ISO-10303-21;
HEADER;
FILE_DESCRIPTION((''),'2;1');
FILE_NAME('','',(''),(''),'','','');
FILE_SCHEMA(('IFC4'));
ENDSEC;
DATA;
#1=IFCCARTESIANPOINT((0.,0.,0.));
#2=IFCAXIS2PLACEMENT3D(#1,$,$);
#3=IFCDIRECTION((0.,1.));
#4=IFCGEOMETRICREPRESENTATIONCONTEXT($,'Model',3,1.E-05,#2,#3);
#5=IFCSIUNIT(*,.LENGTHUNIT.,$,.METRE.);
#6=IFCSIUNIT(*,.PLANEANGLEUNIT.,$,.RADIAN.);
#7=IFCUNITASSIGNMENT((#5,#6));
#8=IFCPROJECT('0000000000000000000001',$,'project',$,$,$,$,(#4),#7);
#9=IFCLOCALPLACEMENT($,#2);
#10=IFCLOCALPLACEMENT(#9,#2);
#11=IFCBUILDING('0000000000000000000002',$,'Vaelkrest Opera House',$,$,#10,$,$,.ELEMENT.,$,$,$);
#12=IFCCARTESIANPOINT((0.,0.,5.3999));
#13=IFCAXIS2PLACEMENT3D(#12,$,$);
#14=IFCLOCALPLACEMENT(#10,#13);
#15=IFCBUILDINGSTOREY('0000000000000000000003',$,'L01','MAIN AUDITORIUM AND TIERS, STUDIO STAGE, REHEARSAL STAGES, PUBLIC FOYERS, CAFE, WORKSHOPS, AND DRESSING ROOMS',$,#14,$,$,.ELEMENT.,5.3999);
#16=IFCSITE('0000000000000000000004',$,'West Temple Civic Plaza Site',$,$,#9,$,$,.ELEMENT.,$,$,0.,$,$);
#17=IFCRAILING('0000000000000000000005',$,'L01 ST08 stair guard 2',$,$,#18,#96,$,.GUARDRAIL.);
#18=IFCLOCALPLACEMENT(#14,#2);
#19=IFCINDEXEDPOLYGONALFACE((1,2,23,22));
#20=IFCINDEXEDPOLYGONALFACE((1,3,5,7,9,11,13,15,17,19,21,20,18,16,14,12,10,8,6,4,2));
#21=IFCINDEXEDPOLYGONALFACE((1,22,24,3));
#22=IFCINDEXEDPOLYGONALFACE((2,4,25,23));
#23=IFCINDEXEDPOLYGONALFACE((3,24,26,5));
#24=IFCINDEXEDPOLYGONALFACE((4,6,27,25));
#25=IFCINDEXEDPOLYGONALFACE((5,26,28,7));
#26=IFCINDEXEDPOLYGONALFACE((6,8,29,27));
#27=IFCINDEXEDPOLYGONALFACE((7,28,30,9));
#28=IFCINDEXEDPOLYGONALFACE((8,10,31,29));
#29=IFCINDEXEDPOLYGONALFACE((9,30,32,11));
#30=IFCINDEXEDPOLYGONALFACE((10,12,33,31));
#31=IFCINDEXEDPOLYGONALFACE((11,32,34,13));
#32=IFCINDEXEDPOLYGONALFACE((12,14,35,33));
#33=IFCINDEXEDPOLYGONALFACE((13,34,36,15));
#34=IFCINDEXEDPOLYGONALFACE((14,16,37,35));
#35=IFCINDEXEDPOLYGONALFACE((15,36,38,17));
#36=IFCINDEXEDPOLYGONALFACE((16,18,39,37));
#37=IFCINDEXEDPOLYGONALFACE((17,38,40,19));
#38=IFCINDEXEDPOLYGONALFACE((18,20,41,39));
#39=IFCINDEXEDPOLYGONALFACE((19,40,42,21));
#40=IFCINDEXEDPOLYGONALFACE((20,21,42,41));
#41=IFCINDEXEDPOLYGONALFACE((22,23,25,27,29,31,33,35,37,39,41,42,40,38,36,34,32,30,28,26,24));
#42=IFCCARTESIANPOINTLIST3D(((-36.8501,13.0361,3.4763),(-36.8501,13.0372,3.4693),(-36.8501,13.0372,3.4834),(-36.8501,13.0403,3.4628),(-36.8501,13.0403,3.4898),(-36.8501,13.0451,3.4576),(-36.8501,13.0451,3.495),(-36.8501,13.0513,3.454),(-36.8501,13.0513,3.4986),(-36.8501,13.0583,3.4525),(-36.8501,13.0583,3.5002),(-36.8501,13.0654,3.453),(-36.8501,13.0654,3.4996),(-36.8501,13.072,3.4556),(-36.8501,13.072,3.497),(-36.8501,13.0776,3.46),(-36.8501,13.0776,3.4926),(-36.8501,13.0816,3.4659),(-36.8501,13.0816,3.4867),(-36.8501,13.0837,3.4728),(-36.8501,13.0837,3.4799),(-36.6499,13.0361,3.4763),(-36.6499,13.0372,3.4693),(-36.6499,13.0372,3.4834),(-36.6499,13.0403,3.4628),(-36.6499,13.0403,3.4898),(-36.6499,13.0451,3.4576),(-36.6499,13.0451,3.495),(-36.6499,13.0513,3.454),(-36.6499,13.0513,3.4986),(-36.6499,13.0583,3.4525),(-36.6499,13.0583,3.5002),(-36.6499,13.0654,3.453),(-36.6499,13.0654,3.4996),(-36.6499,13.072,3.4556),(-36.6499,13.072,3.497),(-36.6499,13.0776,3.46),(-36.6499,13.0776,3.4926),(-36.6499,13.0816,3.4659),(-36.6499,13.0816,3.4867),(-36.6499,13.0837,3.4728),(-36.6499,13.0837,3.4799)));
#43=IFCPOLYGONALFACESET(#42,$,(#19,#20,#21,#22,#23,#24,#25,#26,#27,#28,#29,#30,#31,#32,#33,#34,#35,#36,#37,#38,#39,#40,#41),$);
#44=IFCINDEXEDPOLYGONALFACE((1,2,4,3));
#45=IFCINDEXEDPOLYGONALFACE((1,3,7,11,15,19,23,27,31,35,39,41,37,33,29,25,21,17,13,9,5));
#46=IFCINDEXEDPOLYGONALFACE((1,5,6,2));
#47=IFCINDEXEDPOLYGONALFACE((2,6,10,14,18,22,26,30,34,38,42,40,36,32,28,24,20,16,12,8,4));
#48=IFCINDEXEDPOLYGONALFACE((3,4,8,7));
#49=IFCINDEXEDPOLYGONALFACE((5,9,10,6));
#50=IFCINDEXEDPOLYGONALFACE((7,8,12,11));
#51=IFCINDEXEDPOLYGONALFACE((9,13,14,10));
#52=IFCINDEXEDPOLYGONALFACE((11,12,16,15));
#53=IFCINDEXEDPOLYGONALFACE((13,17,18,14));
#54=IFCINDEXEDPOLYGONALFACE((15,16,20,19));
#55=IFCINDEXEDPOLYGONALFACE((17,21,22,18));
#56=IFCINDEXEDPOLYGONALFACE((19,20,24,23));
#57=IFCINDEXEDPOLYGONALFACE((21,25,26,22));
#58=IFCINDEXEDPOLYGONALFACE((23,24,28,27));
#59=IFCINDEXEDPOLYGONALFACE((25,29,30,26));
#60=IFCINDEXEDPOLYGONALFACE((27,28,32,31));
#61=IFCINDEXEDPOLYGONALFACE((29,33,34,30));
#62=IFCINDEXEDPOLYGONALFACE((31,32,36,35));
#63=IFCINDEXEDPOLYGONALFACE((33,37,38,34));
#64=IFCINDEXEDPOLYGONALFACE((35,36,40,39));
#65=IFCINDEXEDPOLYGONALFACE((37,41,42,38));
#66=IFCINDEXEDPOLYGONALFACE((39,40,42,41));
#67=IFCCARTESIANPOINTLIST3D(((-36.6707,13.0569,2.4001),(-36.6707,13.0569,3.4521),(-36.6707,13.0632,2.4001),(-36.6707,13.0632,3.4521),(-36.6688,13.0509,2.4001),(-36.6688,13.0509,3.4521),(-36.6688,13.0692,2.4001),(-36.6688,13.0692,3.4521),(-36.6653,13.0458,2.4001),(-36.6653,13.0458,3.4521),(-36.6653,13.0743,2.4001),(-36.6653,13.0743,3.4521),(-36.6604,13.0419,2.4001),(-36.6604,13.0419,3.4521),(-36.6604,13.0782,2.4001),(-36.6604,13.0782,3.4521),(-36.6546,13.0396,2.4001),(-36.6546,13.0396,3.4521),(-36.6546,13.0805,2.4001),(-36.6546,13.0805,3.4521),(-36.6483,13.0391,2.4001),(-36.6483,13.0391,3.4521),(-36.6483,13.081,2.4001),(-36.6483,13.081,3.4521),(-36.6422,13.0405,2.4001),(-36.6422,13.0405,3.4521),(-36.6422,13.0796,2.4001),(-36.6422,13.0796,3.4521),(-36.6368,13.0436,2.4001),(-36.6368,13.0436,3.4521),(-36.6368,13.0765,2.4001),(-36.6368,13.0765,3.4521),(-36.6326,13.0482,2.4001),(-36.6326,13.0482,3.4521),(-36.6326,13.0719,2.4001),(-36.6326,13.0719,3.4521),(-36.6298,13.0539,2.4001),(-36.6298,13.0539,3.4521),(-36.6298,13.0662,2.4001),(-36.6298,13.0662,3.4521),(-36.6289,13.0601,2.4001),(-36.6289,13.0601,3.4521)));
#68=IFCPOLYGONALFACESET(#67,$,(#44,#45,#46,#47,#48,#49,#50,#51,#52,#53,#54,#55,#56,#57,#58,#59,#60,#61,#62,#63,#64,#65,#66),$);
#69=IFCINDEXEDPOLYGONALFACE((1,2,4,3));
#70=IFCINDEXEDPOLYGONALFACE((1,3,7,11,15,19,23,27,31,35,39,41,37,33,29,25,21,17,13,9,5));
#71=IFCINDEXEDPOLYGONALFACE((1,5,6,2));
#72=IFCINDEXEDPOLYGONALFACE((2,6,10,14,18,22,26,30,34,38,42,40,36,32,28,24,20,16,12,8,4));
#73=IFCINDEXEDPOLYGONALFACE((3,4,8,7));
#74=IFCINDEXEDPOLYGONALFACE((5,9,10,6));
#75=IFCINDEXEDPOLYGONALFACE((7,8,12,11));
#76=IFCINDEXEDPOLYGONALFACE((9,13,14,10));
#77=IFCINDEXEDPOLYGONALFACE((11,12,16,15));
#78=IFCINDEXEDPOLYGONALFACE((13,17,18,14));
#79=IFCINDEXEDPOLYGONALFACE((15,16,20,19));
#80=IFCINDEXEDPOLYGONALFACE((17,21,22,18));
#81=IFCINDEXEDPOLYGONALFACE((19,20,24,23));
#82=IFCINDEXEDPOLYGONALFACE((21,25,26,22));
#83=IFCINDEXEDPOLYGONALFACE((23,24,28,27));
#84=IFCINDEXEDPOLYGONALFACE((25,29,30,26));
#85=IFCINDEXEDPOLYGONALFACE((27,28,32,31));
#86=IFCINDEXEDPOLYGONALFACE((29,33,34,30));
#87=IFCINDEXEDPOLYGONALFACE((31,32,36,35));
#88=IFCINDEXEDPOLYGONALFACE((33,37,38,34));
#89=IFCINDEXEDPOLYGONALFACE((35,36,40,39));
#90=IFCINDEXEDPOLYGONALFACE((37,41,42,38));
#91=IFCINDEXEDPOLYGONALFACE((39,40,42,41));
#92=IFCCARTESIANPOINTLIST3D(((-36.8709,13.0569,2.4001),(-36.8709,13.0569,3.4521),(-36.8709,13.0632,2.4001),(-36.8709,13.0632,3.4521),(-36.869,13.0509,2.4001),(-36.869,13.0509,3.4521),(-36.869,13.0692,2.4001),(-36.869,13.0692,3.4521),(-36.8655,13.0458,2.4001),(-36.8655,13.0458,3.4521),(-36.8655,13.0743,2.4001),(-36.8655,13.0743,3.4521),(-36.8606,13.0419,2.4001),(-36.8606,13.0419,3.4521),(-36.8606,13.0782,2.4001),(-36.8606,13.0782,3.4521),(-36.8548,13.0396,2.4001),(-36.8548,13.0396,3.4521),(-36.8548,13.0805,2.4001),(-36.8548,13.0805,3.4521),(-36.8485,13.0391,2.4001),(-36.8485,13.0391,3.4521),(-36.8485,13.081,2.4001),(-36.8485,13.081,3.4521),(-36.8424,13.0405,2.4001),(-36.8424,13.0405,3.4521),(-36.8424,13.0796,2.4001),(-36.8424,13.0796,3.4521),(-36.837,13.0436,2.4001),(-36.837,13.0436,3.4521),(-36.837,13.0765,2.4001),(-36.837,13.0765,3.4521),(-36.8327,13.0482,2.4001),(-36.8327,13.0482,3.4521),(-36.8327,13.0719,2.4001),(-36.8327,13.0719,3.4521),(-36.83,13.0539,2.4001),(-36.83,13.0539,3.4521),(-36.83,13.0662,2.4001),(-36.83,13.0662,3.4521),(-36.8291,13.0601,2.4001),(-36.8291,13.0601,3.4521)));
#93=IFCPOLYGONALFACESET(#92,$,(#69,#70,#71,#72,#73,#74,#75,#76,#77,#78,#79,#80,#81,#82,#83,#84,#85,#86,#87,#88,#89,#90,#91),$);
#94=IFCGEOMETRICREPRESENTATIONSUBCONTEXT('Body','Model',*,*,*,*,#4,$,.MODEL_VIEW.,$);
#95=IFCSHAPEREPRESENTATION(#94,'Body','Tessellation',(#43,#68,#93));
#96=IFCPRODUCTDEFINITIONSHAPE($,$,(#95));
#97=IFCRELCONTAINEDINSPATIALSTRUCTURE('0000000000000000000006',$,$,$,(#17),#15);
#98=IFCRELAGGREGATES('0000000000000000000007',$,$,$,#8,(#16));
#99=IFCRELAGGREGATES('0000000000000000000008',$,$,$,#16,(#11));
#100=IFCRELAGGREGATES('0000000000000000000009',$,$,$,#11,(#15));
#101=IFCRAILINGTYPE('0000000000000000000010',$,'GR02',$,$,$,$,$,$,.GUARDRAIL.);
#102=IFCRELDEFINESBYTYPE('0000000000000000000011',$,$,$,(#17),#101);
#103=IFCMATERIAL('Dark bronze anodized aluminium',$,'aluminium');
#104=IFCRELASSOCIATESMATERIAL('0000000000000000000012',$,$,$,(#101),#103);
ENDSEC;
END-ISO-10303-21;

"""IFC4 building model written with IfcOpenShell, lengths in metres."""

from ifc_helpers import new_model, si_unit, direction, frame, origin, origin_2d, place, context, subcontext, project, spatial, circle, extrude, material, type_object, element, save


model = new_model("IFC4")

# Units and contexts
model_context = context("Model", 3, precision=1e-05, world=origin(), true_north=direction((0.0, 1.0)))
body_context = subcontext(model_context, "Body", "Model", "MODEL_VIEW")
ifc_project = project(units=[si_unit("LENGTHUNIT", "METRE"), si_unit("PLANEANGLEUNIT", "RADIAN")], contexts=[model_context])

# Site, building, storey
site_placement = place(None, origin())
site = spatial("IfcSite", under=ifc_project, at=site_placement, Name="West Temple Civic Plaza Site", CompositionType="ELEMENT", RefElevation=0.0)
building_placement = place(site_placement, origin())
building = spatial("IfcBuilding", under=site, at=building_placement, Name="Vaelkrest Opera House", CompositionType="ELEMENT")
storey_placement = place(building_placement, frame((0.0, 0.0, 5.3999)))
storey = spatial("IfcBuildingStorey", under=building, at=storey_placement, Name="L01", Description="MAIN AUDITORIUM AND TIERS, STUDIO STAGE, REHEARSAL STAGES, PUBLIC FOYERS, CAFE, WORKSHOPS, AND DRESSING ROOMS", CompositionType="ELEMENT", Elevation=5.3999)

# Shared definitions
ifc_material_1 = material(Name="Dark bronze anodized aluminium", Category="aluminium")

# Railing
railing_type = type_object("IfcRailingType", Name="GR02", PredefinedType="GUARDRAIL", material=ifc_material_1)
railing_1_placement = place(storey_placement, frame((-36.6499, 13.0601, 2.4001)))
element("IfcRailing", 1, at=railing_1_placement, inside=storey, type_object=railing_type, Name="L01 ST08 stair guard 2", PredefinedType="GUARDRAIL", context=body_context, shape_type="SweptSolid", body=[
    extrude(circle(Radius=0.0239, at=origin_2d()), frame((0.0, 0.0, 1.0762), z_axis=(-1.0, 0.0, 0.0), x_axis=(0.0, -1.0, 0.0)), (0.0, 0.0, 1.0), 0.2002),
    extrude(circle(Radius=0.021, at=origin_2d()), origin(), (0.0, 0.0, 1.0), 1.052),
    extrude(circle(Radius=0.021, at=origin_2d()), frame((-0.2002, 0.0, 0.0)), (0.0, 0.0, 1.0), 1.052),
])

save(model, "model.ifc")
